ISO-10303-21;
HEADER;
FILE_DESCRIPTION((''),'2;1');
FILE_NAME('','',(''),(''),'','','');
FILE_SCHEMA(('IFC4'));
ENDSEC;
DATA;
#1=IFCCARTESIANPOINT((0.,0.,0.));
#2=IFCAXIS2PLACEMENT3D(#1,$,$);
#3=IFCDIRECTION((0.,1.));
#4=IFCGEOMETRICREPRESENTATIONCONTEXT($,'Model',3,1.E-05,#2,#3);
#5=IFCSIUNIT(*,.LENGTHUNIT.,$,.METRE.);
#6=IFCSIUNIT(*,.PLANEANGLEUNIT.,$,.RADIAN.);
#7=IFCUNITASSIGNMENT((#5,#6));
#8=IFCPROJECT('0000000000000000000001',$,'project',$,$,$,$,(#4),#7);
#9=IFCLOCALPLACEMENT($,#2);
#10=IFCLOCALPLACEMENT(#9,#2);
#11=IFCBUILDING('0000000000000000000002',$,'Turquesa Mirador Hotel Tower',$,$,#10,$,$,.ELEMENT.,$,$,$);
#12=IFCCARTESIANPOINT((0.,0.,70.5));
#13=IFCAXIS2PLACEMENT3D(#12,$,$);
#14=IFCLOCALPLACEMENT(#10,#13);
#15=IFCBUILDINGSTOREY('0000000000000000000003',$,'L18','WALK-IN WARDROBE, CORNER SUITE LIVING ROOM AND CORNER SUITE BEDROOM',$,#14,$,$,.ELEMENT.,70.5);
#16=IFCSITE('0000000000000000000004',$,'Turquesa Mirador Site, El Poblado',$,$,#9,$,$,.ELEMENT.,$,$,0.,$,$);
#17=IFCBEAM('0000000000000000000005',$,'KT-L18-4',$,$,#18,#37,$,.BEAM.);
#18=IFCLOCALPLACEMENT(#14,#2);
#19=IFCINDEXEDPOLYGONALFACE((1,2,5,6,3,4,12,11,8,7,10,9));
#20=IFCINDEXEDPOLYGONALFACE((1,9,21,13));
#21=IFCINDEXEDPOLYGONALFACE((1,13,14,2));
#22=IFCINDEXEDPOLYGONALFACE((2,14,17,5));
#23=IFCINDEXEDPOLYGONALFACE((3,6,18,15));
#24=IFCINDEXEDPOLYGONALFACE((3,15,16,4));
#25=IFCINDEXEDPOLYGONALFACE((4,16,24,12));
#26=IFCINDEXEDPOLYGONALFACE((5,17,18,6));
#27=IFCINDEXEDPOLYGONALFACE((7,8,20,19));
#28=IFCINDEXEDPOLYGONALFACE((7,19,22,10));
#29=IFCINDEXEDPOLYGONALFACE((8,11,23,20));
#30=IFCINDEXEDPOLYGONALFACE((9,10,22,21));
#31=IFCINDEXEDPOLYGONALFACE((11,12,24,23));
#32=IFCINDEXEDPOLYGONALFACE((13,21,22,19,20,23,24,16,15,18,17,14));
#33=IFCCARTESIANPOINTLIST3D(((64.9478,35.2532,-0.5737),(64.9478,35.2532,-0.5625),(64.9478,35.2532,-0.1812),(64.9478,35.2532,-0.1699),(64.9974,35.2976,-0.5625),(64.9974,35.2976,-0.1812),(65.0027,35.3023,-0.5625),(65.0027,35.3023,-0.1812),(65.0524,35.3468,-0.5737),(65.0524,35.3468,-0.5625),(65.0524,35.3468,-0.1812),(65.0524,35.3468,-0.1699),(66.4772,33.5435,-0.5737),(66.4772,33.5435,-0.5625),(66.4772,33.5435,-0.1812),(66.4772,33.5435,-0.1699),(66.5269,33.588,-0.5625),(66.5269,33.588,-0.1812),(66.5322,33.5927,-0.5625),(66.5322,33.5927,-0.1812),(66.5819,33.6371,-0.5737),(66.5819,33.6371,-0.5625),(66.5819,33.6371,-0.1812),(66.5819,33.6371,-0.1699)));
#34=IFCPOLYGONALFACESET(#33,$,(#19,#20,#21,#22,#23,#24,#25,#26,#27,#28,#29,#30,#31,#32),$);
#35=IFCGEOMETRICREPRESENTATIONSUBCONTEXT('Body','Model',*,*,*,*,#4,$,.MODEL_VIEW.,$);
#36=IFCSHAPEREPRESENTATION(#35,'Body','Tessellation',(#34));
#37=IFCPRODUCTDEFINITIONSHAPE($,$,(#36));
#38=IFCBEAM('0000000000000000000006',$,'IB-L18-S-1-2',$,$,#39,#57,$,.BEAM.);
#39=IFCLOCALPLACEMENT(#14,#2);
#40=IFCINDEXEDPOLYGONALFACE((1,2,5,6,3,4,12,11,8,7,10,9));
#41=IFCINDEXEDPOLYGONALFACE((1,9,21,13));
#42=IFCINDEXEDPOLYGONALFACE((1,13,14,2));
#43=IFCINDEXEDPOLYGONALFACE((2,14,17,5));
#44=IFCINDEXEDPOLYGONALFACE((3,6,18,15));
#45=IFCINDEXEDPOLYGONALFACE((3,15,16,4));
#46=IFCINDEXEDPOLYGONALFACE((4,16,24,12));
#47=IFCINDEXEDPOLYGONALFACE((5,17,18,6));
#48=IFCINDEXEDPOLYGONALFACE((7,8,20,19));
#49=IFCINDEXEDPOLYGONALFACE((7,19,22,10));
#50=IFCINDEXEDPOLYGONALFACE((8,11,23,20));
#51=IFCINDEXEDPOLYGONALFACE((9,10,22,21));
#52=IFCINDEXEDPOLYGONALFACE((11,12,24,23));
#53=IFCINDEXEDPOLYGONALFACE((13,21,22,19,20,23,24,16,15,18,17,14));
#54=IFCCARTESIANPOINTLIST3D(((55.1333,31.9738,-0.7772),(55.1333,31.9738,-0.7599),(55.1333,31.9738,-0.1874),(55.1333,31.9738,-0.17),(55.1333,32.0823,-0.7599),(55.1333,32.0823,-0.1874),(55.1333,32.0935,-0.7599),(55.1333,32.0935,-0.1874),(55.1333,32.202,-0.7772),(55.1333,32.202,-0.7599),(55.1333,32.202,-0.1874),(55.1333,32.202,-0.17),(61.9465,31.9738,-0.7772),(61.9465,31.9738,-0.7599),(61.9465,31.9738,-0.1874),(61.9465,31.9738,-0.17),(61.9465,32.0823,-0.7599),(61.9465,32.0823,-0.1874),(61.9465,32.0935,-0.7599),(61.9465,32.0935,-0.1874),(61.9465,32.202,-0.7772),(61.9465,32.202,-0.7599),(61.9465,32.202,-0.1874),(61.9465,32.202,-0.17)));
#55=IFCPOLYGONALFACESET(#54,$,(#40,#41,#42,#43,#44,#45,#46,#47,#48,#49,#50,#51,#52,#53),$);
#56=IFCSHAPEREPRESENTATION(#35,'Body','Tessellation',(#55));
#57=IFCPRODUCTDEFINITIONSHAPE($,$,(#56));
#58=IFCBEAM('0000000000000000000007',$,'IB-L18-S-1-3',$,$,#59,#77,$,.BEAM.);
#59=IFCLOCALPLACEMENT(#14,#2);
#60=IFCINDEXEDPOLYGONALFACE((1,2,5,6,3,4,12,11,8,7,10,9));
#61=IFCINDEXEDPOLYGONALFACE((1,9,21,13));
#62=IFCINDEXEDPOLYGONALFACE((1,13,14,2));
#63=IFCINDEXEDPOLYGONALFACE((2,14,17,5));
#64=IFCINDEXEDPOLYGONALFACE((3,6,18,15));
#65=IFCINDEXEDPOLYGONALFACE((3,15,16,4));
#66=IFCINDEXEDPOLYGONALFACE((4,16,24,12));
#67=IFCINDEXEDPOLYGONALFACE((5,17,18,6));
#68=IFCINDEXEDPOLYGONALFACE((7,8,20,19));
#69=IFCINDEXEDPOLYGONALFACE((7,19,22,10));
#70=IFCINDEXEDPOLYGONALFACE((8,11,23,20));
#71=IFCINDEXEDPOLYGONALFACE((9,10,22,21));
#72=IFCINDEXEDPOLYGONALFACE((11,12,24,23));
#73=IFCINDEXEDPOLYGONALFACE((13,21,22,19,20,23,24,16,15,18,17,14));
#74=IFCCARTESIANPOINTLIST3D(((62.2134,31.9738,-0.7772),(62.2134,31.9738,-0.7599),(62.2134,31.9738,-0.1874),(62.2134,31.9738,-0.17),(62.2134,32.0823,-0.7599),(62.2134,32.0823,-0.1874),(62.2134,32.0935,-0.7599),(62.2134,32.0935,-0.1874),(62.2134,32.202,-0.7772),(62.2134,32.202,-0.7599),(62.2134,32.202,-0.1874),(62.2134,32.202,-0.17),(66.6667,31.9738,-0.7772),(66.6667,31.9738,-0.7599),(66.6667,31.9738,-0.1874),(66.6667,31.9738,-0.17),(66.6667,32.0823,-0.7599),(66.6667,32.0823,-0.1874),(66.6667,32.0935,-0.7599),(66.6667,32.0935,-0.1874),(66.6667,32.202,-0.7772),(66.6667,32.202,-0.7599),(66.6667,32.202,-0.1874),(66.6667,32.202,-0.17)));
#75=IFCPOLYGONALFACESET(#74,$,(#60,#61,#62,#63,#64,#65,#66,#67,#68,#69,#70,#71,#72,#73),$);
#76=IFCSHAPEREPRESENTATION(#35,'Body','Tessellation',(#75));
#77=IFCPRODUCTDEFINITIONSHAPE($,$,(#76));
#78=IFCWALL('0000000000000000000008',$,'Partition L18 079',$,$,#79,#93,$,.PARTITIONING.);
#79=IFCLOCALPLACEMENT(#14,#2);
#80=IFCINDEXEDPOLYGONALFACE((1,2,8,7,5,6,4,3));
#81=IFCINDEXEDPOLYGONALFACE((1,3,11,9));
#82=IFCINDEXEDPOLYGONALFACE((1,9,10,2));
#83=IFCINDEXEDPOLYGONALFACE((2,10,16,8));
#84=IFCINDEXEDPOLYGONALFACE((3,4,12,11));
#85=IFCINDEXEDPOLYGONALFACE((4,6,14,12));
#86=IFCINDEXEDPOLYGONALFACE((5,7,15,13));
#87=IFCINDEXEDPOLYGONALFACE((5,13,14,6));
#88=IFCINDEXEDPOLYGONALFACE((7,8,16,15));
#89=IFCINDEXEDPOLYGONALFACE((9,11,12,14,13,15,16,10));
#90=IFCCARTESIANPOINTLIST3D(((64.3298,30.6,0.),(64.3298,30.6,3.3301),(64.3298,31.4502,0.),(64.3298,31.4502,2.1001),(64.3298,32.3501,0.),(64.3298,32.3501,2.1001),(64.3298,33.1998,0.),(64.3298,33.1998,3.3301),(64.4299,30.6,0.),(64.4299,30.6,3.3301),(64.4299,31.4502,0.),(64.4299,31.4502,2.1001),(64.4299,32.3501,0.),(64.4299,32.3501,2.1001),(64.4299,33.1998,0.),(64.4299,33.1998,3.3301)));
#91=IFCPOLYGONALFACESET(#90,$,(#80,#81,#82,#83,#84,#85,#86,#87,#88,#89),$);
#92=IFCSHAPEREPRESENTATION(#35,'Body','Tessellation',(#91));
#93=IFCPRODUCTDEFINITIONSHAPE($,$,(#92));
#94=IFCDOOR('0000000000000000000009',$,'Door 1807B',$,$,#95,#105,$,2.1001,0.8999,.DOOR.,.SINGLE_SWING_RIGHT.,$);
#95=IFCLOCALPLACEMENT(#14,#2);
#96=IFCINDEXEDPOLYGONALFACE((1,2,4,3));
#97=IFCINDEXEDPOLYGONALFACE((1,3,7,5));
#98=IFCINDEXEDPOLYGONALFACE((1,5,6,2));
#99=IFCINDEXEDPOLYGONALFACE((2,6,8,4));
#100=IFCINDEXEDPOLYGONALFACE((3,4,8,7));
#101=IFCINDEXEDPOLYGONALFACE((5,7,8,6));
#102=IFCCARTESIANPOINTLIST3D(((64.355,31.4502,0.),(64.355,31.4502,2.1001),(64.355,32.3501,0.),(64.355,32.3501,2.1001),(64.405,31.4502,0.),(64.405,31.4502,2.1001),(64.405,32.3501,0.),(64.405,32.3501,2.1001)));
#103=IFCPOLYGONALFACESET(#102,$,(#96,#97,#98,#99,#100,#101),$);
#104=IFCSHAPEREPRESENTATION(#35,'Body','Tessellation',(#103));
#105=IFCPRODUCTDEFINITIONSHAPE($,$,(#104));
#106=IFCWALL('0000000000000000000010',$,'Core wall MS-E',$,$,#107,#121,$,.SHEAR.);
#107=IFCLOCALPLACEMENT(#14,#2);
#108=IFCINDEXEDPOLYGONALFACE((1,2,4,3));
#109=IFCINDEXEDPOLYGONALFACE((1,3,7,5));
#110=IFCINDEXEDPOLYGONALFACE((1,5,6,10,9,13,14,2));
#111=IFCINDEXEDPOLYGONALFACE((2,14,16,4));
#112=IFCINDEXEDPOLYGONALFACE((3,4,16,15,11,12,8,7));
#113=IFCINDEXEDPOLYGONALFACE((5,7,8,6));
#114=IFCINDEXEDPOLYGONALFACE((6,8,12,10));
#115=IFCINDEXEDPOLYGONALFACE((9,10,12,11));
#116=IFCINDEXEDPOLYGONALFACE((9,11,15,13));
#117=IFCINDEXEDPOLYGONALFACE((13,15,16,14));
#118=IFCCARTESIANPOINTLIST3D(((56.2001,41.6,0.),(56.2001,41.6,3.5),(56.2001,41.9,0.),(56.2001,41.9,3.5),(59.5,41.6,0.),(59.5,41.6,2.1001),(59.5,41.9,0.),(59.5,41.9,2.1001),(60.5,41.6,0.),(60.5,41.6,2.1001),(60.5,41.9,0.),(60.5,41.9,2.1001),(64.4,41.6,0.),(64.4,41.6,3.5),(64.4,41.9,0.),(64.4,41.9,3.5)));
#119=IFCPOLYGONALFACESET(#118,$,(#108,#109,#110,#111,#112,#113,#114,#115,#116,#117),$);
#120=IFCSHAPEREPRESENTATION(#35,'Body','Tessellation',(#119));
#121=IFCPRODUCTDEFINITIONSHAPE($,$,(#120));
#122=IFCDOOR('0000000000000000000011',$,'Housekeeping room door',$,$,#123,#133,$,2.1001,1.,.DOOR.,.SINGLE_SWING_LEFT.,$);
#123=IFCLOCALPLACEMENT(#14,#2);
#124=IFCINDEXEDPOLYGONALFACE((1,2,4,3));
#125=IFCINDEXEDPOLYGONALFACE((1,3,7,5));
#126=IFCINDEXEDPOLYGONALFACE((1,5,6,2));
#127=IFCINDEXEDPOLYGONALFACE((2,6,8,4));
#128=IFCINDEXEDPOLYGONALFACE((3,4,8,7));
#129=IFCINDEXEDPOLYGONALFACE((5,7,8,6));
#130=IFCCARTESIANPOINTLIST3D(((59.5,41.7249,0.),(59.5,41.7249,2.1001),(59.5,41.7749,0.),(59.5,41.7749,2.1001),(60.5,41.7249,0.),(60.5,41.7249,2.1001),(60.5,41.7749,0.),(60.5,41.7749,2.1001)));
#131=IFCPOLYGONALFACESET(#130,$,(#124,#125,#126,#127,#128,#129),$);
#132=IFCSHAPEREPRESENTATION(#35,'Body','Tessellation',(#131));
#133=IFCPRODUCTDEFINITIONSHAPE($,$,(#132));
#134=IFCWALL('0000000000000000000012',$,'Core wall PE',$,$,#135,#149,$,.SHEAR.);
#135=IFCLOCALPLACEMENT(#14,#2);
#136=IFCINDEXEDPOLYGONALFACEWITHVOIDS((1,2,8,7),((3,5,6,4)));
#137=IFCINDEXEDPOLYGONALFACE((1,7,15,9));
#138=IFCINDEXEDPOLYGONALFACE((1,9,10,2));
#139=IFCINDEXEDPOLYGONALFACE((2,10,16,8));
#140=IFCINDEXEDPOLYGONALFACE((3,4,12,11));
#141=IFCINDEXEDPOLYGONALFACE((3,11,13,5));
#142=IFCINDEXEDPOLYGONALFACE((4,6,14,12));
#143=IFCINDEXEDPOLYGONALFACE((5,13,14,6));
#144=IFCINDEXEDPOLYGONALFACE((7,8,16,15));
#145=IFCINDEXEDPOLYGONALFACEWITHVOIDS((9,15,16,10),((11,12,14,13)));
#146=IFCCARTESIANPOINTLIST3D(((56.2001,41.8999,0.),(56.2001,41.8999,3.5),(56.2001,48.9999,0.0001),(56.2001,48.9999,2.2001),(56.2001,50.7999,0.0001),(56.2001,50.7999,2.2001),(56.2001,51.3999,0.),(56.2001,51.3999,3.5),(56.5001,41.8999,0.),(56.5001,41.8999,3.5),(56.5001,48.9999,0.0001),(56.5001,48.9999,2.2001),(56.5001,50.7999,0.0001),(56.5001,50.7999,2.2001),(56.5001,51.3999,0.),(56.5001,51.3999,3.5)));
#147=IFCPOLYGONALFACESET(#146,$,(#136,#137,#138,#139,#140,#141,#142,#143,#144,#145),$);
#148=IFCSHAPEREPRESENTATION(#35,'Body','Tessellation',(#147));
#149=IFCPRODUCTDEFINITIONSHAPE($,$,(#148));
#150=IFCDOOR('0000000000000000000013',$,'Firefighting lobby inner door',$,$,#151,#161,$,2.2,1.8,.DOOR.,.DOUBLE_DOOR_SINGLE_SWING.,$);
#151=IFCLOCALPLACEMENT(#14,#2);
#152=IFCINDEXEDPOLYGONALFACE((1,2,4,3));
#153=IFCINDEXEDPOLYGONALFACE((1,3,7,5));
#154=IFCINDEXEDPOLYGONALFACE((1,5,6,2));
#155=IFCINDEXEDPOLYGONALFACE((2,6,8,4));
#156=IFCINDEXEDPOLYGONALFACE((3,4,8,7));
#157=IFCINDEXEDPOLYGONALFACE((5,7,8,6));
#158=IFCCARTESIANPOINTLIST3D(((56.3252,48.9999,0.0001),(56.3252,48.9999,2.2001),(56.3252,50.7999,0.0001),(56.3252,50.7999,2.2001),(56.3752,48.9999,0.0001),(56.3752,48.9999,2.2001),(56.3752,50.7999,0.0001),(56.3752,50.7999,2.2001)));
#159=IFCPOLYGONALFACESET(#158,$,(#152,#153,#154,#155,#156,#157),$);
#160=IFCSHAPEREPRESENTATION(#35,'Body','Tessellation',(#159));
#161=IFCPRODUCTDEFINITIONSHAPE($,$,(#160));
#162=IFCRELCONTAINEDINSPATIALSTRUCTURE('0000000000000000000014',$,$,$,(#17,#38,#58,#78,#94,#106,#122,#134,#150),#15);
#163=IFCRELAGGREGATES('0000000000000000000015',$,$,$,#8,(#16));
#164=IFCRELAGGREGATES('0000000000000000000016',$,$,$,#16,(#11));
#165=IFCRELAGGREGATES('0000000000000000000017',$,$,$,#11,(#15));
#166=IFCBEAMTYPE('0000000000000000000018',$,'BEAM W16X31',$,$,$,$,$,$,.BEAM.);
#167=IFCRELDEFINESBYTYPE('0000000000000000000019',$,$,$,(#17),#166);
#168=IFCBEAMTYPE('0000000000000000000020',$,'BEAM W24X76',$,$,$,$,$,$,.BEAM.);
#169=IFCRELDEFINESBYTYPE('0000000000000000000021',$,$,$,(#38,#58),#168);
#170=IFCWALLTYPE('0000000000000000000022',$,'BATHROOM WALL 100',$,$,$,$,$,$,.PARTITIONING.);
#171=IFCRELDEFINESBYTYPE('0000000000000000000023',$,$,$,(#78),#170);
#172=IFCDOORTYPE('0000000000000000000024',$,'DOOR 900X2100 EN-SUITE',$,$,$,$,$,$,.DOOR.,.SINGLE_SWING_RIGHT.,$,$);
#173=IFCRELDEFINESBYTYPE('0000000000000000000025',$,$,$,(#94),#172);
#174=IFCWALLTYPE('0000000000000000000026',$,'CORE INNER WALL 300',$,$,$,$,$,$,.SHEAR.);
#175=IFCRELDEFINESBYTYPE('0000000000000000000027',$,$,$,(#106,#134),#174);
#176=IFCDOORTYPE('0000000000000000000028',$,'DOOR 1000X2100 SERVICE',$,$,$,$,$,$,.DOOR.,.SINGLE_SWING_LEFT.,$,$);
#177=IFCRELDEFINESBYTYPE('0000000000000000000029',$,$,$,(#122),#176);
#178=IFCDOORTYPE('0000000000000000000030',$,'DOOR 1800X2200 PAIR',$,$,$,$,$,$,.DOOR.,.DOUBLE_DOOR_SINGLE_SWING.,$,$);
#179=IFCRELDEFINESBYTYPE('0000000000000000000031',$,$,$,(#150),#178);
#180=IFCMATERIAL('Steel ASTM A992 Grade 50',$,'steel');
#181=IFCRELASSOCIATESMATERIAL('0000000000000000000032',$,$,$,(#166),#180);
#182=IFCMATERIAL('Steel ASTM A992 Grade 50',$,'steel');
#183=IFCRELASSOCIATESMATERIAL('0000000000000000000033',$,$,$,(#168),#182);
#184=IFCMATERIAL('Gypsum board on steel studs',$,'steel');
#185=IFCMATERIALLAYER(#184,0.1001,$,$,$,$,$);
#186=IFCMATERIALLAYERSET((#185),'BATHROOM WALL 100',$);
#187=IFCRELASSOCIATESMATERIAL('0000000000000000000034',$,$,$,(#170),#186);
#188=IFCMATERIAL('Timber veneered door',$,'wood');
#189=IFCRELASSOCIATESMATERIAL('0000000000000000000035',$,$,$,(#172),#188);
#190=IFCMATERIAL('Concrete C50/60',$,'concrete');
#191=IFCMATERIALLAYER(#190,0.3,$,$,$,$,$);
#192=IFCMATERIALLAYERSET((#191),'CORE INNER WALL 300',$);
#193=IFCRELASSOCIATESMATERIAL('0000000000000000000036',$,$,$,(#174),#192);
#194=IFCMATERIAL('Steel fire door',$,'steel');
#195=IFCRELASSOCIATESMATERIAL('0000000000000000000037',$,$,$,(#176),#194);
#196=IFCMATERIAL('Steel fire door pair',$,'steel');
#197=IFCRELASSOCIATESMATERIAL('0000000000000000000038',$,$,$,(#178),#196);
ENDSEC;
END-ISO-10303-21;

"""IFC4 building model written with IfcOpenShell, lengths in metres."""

from ifc_helpers import new_model, si_unit, direction, frame, frame_2d, origin, origin_2d, place, context, subcontext, project, spatial, rectangle, i_section, extrude, material, layer, layer_set, material_profile, profile_set, type_object, element, fill, save


model = new_model("IFC4")

# Units and contexts
model_context = context("Model", 3, precision=1e-05, world=origin(), true_north=direction((0.0, 1.0)))
body_context = subcontext(model_context, "Body", "Model", "MODEL_VIEW")
ifc_project = project(units=[si_unit("LENGTHUNIT", "METRE"), si_unit("PLANEANGLEUNIT", "RADIAN")], contexts=[model_context])

# Site, building, storey
site_placement = place(None, origin())
site = spatial("IfcSite", under=ifc_project, at=site_placement, Name="Turquesa Mirador Site, El Poblado", CompositionType="ELEMENT", RefElevation=0.0)
building_placement = place(site_placement, origin())
building = spatial("IfcBuilding", under=site, at=building_placement, Name="Turquesa Mirador Hotel Tower", CompositionType="ELEMENT")
storey_placement = place(building_placement, frame((0.0, 0.0, 70.5)))
storey = spatial("IfcBuildingStorey", under=building, at=storey_placement, Name="L18", Description="WALK-IN WARDROBE, CORNER SUITE LIVING ROOM AND CORNER SUITE BEDROOM", CompositionType="ELEMENT", Elevation=70.5)

# Beams
ifc_material_1 = material(Name="Steel ASTM A992 Grade 50", Category="steel")
ifc_material_profile_1 = material_profile(ifc_material_1, i_section(OverallWidth=0.1404, OverallDepth=0.4038, WebThickness=0.0071, FlangeThickness=0.0112, at=origin_2d()), Name="W16X31")
ifc_profile_set_1 = profile_set([ifc_material_profile_1], Name="Steel ASTM A992 Grade 50")
beam_type_1 = type_object("IfcBeamType", Name="BEAM W16X31", PredefinedType="BEAM", material=ifc_profile_set_1)
beam_1_placement = place(storey_placement, frame((66.5295, 33.5903, -0.3718), z_axis=(-0.666745, 0.745286, 0.0), x_axis=(-0.745286, -0.666745, 0.0)))
element("IfcBeam", 1, at=beam_1_placement, inside=storey, type_object=beam_type_1, Name="KT-L18-4", PredefinedType="BEAM", context=body_context, shape_type="SweptSolid", body=[
    extrude(i_section(OverallWidth=0.1404, OverallDepth=0.4038, WebThickness=0.0071, FlangeThickness=0.0112, at=origin_2d()), origin(), (0.0, 0.0, 1.0), 2.2939),
])
ifc_material_2 = material(Name="Steel ASTM A992 Grade 50", Category="steel")
ifc_material_profile_2 = material_profile(ifc_material_2, i_section(OverallWidth=0.2283, OverallDepth=0.6072, WebThickness=0.0112, FlangeThickness=0.0173, at=origin_2d()), Name="W24X76")
ifc_profile_set_2 = profile_set([ifc_material_profile_2], Name="Steel ASTM A992 Grade 50")
beam_type_2 = type_object("IfcBeamType", Name="BEAM W24X76", PredefinedType="BEAM", material=ifc_profile_set_2)
beam_2_placement = place(storey_placement, frame((55.1333, 32.0879, -0.4736), z_axis=(1.0, 0.0, 0.0), x_axis=(0.0, 1.0, 0.0)))
element("IfcBeam", 2, at=beam_2_placement, inside=storey, type_object=beam_type_2, Name="IB-L18-S-1-2", PredefinedType="BEAM", context=body_context, shape_type="SweptSolid", body=[
    extrude(i_section(OverallWidth=0.2283, OverallDepth=0.6072, WebThickness=0.0112, FlangeThickness=0.0173, at=origin_2d()), origin(), (0.0, 0.0, 1.0), 6.8132),
])
beam_3_placement = place(storey_placement, frame((62.2134, 32.0879, -0.4736), z_axis=(1.0, 0.0, 0.0), x_axis=(0.0, 1.0, 0.0)))
element("IfcBeam", 3, at=beam_3_placement, inside=storey, type_object=beam_type_2, Name="IB-L18-S-1-3", PredefinedType="BEAM", context=body_context, shape_type="SweptSolid", body=[
    extrude(i_section(OverallWidth=0.2283, OverallDepth=0.6072, WebThickness=0.0112, FlangeThickness=0.0173, at=origin_2d()), origin(), (0.0, 0.0, 1.0), 4.4534),
])

# Walls, openings, doors
ifc_material_3 = material(Name="Gypsum board on steel studs", Category="steel")
ifc_layer_1 = layer(ifc_material_3, 0.1001)
ifc_layer_set_1 = layer_set([ifc_layer_1], Name="BATHROOM WALL 100")
wall_type_1 = type_object("IfcWallType", Name="BATHROOM WALL 100", PredefinedType="PARTITIONING", material=ifc_layer_set_1)
wall_1_placement = place(storey_placement, frame((64.3799, 30.6001, 0.0), z_axis=(0.0, 0.0, 1.0), x_axis=(0.0, 1.0, 0.0)))
wall_1 = element("IfcWall", 4, at=wall_1_placement, inside=storey, type_object=wall_type_1, Name="Partition L18 079", PredefinedType="PARTITIONING", context=body_context, shape_type="SweptSolid", body=[
    extrude(rectangle(XDim=2.5999, YDim=0.1001, at=frame_2d((1.2998, 0.0))), origin(), (0.0, 0.0, 1.0), 3.3301),
])
opening_1_placement = place(wall_1_placement, frame((0.8501, 0.0, 0.0)))
opening_1 = element("IfcOpeningElement", 5, at=opening_1_placement, cuts=wall_1, PredefinedType="OPENING", context=body_context, shape_type="SweptSolid", body=[
    extrude(rectangle(XDim=0.8999, YDim=2.1001, at=frame_2d((0.45, 1.05))), frame((0.0, 0.0601, 0.0), z_axis=(0.0, -1.0, 0.0), x_axis=(1.0, 0.0, 0.0)), (0.0, 0.0, 1.0), 0.1201),
])
ifc_material_4 = material(Name="Timber veneered door", Category="wood")
door_type_1 = type_object("IfcDoorType", Name="DOOR 900X2100 EN-SUITE", OperationType="SINGLE_SWING_RIGHT", PredefinedType="DOOR", material=ifc_material_4)
door_1_placement = place(opening_1_placement, origin())
door_1 = element("IfcDoor", 6, at=door_1_placement, inside=storey, type_object=door_type_1, Name="Door 1807B", OperationType="SINGLE_SWING_RIGHT", OverallHeight=2.1001, OverallWidth=0.8999, PredefinedType="DOOR", context=body_context, shape_type="SweptSolid", body=[
    extrude(rectangle(XDim=0.8999, YDim=2.1001, at=frame_2d((0.45, 1.05))), frame((0.0, 0.0249, 0.0), z_axis=(0.0, -1.0, 0.0), x_axis=(1.0, 0.0, 0.0)), (0.0, 0.0, 1.0), 0.05),
])
fill(opening_1, door_1)
ifc_material_5 = material(Name="Concrete C50/60", Category="concrete")
ifc_layer_2 = layer(ifc_material_5, 0.3)
ifc_layer_set_2 = layer_set([ifc_layer_2], Name="CORE INNER WALL 300")
wall_type_2 = type_object("IfcWallType", Name="CORE INNER WALL 300", PredefinedType="SHEAR", material=ifc_layer_set_2)
wall_2_placement = place(storey_placement, frame((56.2, 41.75, 0.0), z_axis=(0.0, 0.0, 1.0), x_axis=(1.0, 0.0, 0.0)))
wall_2 = element("IfcWall", 7, at=wall_2_placement, inside=storey, type_object=wall_type_2, Name="Core wall MS-E", PredefinedType="SHEAR", context=body_context, shape_type="SweptSolid", body=[
    extrude(rectangle(XDim=8.2, YDim=0.3, at=frame_2d((4.1001, 0.0))), origin(), (0.0, 0.0, 1.0), 3.5),
])
opening_2_placement = place(wall_2_placement, frame((3.3, 0.0, 0.0)))
opening_2 = element("IfcOpeningElement", 8, at=opening_2_placement, cuts=wall_2, PredefinedType="OPENING", context=body_context, shape_type="SweptSolid", body=[
    extrude(rectangle(XDim=1.0, YDim=2.1001, at=frame_2d((0.5, 1.05))), frame((0.0, 0.1599, 0.0), z_axis=(0.0, -1.0, 0.0), x_axis=(1.0, 0.0, 0.0)), (0.0, 0.0, 1.0), 0.3201),
])
ifc_material_6 = material(Name="Steel fire door", Category="steel")
door_type_2 = type_object("IfcDoorType", Name="DOOR 1000X2100 SERVICE", OperationType="SINGLE_SWING_LEFT", PredefinedType="DOOR", material=ifc_material_6)
door_2_placement = place(opening_2_placement, origin())
door_2 = element("IfcDoor", 9, at=door_2_placement, inside=storey, type_object=door_type_2, Name="Housekeeping room door", OperationType="SINGLE_SWING_LEFT", OverallHeight=2.1001, OverallWidth=1.0, PredefinedType="DOOR", context=body_context, shape_type="SweptSolid", body=[
    extrude(rectangle(XDim=1.0, YDim=2.1001, at=frame_2d((0.5, 1.05))), frame((0.0, 0.0249, 0.0), z_axis=(0.0, -1.0, 0.0), x_axis=(1.0, 0.0, 0.0)), (0.0, 0.0, 1.0), 0.05),
])
fill(opening_2, door_2)
wall_3_placement = place(storey_placement, frame((56.3501, 41.8999, 0.0), z_axis=(0.0, 0.0, 1.0), x_axis=(0.0, 1.0, 0.0)))
wall_3 = element("IfcWall", 10, at=wall_3_placement, inside=storey, type_object=wall_type_2, Name="Core wall PE", PredefinedType="SHEAR", context=body_context, shape_type="SweptSolid", body=[
    extrude(rectangle(XDim=9.5, YDim=0.3, at=frame_2d((4.75, 0.0))), origin(), (0.0, 0.0, 1.0), 3.5),
])
opening_3_placement = place(wall_3_placement, frame((7.1001, 0.0, 0.0)))
opening_3 = element("IfcOpeningElement", 11, at=opening_3_placement, cuts=wall_3, PredefinedType="OPENING", context=body_context, shape_type="SweptSolid", body=[
    extrude(rectangle(XDim=1.8, YDim=2.2, at=frame_2d((0.8999, 1.1001))), frame((0.0, 0.1599, 0.0), z_axis=(0.0, -1.0, 0.0), x_axis=(1.0, 0.0, 0.0)), (0.0, 0.0, 1.0), 0.3201),
])
ifc_material_7 = material(Name="Steel fire door pair", Category="steel")
door_type_3 = type_object("IfcDoorType", Name="DOOR 1800X2200 PAIR", OperationType="DOUBLE_DOOR_SINGLE_SWING", PredefinedType="DOOR", material=ifc_material_7)
door_3_placement = place(opening_3_placement, origin())
door_3 = element("IfcDoor", 12, at=door_3_placement, inside=storey, type_object=door_type_3, Name="Firefighting lobby inner door", OperationType="DOUBLE_DOOR_SINGLE_SWING", OverallHeight=2.2, OverallWidth=1.8, PredefinedType="DOOR", context=body_context, shape_type="SweptSolid", body=[
    extrude(rectangle(XDim=1.8, YDim=2.2, at=frame_2d((0.8999, 1.1001))), frame((0.0, 0.0249, 0.0), z_axis=(0.0, -1.0, 0.0), x_axis=(1.0, 0.0, 0.0)), (0.0, 0.0, 1.0), 0.05),
])
fill(opening_3, door_3)

save(model, "model.ifc")
